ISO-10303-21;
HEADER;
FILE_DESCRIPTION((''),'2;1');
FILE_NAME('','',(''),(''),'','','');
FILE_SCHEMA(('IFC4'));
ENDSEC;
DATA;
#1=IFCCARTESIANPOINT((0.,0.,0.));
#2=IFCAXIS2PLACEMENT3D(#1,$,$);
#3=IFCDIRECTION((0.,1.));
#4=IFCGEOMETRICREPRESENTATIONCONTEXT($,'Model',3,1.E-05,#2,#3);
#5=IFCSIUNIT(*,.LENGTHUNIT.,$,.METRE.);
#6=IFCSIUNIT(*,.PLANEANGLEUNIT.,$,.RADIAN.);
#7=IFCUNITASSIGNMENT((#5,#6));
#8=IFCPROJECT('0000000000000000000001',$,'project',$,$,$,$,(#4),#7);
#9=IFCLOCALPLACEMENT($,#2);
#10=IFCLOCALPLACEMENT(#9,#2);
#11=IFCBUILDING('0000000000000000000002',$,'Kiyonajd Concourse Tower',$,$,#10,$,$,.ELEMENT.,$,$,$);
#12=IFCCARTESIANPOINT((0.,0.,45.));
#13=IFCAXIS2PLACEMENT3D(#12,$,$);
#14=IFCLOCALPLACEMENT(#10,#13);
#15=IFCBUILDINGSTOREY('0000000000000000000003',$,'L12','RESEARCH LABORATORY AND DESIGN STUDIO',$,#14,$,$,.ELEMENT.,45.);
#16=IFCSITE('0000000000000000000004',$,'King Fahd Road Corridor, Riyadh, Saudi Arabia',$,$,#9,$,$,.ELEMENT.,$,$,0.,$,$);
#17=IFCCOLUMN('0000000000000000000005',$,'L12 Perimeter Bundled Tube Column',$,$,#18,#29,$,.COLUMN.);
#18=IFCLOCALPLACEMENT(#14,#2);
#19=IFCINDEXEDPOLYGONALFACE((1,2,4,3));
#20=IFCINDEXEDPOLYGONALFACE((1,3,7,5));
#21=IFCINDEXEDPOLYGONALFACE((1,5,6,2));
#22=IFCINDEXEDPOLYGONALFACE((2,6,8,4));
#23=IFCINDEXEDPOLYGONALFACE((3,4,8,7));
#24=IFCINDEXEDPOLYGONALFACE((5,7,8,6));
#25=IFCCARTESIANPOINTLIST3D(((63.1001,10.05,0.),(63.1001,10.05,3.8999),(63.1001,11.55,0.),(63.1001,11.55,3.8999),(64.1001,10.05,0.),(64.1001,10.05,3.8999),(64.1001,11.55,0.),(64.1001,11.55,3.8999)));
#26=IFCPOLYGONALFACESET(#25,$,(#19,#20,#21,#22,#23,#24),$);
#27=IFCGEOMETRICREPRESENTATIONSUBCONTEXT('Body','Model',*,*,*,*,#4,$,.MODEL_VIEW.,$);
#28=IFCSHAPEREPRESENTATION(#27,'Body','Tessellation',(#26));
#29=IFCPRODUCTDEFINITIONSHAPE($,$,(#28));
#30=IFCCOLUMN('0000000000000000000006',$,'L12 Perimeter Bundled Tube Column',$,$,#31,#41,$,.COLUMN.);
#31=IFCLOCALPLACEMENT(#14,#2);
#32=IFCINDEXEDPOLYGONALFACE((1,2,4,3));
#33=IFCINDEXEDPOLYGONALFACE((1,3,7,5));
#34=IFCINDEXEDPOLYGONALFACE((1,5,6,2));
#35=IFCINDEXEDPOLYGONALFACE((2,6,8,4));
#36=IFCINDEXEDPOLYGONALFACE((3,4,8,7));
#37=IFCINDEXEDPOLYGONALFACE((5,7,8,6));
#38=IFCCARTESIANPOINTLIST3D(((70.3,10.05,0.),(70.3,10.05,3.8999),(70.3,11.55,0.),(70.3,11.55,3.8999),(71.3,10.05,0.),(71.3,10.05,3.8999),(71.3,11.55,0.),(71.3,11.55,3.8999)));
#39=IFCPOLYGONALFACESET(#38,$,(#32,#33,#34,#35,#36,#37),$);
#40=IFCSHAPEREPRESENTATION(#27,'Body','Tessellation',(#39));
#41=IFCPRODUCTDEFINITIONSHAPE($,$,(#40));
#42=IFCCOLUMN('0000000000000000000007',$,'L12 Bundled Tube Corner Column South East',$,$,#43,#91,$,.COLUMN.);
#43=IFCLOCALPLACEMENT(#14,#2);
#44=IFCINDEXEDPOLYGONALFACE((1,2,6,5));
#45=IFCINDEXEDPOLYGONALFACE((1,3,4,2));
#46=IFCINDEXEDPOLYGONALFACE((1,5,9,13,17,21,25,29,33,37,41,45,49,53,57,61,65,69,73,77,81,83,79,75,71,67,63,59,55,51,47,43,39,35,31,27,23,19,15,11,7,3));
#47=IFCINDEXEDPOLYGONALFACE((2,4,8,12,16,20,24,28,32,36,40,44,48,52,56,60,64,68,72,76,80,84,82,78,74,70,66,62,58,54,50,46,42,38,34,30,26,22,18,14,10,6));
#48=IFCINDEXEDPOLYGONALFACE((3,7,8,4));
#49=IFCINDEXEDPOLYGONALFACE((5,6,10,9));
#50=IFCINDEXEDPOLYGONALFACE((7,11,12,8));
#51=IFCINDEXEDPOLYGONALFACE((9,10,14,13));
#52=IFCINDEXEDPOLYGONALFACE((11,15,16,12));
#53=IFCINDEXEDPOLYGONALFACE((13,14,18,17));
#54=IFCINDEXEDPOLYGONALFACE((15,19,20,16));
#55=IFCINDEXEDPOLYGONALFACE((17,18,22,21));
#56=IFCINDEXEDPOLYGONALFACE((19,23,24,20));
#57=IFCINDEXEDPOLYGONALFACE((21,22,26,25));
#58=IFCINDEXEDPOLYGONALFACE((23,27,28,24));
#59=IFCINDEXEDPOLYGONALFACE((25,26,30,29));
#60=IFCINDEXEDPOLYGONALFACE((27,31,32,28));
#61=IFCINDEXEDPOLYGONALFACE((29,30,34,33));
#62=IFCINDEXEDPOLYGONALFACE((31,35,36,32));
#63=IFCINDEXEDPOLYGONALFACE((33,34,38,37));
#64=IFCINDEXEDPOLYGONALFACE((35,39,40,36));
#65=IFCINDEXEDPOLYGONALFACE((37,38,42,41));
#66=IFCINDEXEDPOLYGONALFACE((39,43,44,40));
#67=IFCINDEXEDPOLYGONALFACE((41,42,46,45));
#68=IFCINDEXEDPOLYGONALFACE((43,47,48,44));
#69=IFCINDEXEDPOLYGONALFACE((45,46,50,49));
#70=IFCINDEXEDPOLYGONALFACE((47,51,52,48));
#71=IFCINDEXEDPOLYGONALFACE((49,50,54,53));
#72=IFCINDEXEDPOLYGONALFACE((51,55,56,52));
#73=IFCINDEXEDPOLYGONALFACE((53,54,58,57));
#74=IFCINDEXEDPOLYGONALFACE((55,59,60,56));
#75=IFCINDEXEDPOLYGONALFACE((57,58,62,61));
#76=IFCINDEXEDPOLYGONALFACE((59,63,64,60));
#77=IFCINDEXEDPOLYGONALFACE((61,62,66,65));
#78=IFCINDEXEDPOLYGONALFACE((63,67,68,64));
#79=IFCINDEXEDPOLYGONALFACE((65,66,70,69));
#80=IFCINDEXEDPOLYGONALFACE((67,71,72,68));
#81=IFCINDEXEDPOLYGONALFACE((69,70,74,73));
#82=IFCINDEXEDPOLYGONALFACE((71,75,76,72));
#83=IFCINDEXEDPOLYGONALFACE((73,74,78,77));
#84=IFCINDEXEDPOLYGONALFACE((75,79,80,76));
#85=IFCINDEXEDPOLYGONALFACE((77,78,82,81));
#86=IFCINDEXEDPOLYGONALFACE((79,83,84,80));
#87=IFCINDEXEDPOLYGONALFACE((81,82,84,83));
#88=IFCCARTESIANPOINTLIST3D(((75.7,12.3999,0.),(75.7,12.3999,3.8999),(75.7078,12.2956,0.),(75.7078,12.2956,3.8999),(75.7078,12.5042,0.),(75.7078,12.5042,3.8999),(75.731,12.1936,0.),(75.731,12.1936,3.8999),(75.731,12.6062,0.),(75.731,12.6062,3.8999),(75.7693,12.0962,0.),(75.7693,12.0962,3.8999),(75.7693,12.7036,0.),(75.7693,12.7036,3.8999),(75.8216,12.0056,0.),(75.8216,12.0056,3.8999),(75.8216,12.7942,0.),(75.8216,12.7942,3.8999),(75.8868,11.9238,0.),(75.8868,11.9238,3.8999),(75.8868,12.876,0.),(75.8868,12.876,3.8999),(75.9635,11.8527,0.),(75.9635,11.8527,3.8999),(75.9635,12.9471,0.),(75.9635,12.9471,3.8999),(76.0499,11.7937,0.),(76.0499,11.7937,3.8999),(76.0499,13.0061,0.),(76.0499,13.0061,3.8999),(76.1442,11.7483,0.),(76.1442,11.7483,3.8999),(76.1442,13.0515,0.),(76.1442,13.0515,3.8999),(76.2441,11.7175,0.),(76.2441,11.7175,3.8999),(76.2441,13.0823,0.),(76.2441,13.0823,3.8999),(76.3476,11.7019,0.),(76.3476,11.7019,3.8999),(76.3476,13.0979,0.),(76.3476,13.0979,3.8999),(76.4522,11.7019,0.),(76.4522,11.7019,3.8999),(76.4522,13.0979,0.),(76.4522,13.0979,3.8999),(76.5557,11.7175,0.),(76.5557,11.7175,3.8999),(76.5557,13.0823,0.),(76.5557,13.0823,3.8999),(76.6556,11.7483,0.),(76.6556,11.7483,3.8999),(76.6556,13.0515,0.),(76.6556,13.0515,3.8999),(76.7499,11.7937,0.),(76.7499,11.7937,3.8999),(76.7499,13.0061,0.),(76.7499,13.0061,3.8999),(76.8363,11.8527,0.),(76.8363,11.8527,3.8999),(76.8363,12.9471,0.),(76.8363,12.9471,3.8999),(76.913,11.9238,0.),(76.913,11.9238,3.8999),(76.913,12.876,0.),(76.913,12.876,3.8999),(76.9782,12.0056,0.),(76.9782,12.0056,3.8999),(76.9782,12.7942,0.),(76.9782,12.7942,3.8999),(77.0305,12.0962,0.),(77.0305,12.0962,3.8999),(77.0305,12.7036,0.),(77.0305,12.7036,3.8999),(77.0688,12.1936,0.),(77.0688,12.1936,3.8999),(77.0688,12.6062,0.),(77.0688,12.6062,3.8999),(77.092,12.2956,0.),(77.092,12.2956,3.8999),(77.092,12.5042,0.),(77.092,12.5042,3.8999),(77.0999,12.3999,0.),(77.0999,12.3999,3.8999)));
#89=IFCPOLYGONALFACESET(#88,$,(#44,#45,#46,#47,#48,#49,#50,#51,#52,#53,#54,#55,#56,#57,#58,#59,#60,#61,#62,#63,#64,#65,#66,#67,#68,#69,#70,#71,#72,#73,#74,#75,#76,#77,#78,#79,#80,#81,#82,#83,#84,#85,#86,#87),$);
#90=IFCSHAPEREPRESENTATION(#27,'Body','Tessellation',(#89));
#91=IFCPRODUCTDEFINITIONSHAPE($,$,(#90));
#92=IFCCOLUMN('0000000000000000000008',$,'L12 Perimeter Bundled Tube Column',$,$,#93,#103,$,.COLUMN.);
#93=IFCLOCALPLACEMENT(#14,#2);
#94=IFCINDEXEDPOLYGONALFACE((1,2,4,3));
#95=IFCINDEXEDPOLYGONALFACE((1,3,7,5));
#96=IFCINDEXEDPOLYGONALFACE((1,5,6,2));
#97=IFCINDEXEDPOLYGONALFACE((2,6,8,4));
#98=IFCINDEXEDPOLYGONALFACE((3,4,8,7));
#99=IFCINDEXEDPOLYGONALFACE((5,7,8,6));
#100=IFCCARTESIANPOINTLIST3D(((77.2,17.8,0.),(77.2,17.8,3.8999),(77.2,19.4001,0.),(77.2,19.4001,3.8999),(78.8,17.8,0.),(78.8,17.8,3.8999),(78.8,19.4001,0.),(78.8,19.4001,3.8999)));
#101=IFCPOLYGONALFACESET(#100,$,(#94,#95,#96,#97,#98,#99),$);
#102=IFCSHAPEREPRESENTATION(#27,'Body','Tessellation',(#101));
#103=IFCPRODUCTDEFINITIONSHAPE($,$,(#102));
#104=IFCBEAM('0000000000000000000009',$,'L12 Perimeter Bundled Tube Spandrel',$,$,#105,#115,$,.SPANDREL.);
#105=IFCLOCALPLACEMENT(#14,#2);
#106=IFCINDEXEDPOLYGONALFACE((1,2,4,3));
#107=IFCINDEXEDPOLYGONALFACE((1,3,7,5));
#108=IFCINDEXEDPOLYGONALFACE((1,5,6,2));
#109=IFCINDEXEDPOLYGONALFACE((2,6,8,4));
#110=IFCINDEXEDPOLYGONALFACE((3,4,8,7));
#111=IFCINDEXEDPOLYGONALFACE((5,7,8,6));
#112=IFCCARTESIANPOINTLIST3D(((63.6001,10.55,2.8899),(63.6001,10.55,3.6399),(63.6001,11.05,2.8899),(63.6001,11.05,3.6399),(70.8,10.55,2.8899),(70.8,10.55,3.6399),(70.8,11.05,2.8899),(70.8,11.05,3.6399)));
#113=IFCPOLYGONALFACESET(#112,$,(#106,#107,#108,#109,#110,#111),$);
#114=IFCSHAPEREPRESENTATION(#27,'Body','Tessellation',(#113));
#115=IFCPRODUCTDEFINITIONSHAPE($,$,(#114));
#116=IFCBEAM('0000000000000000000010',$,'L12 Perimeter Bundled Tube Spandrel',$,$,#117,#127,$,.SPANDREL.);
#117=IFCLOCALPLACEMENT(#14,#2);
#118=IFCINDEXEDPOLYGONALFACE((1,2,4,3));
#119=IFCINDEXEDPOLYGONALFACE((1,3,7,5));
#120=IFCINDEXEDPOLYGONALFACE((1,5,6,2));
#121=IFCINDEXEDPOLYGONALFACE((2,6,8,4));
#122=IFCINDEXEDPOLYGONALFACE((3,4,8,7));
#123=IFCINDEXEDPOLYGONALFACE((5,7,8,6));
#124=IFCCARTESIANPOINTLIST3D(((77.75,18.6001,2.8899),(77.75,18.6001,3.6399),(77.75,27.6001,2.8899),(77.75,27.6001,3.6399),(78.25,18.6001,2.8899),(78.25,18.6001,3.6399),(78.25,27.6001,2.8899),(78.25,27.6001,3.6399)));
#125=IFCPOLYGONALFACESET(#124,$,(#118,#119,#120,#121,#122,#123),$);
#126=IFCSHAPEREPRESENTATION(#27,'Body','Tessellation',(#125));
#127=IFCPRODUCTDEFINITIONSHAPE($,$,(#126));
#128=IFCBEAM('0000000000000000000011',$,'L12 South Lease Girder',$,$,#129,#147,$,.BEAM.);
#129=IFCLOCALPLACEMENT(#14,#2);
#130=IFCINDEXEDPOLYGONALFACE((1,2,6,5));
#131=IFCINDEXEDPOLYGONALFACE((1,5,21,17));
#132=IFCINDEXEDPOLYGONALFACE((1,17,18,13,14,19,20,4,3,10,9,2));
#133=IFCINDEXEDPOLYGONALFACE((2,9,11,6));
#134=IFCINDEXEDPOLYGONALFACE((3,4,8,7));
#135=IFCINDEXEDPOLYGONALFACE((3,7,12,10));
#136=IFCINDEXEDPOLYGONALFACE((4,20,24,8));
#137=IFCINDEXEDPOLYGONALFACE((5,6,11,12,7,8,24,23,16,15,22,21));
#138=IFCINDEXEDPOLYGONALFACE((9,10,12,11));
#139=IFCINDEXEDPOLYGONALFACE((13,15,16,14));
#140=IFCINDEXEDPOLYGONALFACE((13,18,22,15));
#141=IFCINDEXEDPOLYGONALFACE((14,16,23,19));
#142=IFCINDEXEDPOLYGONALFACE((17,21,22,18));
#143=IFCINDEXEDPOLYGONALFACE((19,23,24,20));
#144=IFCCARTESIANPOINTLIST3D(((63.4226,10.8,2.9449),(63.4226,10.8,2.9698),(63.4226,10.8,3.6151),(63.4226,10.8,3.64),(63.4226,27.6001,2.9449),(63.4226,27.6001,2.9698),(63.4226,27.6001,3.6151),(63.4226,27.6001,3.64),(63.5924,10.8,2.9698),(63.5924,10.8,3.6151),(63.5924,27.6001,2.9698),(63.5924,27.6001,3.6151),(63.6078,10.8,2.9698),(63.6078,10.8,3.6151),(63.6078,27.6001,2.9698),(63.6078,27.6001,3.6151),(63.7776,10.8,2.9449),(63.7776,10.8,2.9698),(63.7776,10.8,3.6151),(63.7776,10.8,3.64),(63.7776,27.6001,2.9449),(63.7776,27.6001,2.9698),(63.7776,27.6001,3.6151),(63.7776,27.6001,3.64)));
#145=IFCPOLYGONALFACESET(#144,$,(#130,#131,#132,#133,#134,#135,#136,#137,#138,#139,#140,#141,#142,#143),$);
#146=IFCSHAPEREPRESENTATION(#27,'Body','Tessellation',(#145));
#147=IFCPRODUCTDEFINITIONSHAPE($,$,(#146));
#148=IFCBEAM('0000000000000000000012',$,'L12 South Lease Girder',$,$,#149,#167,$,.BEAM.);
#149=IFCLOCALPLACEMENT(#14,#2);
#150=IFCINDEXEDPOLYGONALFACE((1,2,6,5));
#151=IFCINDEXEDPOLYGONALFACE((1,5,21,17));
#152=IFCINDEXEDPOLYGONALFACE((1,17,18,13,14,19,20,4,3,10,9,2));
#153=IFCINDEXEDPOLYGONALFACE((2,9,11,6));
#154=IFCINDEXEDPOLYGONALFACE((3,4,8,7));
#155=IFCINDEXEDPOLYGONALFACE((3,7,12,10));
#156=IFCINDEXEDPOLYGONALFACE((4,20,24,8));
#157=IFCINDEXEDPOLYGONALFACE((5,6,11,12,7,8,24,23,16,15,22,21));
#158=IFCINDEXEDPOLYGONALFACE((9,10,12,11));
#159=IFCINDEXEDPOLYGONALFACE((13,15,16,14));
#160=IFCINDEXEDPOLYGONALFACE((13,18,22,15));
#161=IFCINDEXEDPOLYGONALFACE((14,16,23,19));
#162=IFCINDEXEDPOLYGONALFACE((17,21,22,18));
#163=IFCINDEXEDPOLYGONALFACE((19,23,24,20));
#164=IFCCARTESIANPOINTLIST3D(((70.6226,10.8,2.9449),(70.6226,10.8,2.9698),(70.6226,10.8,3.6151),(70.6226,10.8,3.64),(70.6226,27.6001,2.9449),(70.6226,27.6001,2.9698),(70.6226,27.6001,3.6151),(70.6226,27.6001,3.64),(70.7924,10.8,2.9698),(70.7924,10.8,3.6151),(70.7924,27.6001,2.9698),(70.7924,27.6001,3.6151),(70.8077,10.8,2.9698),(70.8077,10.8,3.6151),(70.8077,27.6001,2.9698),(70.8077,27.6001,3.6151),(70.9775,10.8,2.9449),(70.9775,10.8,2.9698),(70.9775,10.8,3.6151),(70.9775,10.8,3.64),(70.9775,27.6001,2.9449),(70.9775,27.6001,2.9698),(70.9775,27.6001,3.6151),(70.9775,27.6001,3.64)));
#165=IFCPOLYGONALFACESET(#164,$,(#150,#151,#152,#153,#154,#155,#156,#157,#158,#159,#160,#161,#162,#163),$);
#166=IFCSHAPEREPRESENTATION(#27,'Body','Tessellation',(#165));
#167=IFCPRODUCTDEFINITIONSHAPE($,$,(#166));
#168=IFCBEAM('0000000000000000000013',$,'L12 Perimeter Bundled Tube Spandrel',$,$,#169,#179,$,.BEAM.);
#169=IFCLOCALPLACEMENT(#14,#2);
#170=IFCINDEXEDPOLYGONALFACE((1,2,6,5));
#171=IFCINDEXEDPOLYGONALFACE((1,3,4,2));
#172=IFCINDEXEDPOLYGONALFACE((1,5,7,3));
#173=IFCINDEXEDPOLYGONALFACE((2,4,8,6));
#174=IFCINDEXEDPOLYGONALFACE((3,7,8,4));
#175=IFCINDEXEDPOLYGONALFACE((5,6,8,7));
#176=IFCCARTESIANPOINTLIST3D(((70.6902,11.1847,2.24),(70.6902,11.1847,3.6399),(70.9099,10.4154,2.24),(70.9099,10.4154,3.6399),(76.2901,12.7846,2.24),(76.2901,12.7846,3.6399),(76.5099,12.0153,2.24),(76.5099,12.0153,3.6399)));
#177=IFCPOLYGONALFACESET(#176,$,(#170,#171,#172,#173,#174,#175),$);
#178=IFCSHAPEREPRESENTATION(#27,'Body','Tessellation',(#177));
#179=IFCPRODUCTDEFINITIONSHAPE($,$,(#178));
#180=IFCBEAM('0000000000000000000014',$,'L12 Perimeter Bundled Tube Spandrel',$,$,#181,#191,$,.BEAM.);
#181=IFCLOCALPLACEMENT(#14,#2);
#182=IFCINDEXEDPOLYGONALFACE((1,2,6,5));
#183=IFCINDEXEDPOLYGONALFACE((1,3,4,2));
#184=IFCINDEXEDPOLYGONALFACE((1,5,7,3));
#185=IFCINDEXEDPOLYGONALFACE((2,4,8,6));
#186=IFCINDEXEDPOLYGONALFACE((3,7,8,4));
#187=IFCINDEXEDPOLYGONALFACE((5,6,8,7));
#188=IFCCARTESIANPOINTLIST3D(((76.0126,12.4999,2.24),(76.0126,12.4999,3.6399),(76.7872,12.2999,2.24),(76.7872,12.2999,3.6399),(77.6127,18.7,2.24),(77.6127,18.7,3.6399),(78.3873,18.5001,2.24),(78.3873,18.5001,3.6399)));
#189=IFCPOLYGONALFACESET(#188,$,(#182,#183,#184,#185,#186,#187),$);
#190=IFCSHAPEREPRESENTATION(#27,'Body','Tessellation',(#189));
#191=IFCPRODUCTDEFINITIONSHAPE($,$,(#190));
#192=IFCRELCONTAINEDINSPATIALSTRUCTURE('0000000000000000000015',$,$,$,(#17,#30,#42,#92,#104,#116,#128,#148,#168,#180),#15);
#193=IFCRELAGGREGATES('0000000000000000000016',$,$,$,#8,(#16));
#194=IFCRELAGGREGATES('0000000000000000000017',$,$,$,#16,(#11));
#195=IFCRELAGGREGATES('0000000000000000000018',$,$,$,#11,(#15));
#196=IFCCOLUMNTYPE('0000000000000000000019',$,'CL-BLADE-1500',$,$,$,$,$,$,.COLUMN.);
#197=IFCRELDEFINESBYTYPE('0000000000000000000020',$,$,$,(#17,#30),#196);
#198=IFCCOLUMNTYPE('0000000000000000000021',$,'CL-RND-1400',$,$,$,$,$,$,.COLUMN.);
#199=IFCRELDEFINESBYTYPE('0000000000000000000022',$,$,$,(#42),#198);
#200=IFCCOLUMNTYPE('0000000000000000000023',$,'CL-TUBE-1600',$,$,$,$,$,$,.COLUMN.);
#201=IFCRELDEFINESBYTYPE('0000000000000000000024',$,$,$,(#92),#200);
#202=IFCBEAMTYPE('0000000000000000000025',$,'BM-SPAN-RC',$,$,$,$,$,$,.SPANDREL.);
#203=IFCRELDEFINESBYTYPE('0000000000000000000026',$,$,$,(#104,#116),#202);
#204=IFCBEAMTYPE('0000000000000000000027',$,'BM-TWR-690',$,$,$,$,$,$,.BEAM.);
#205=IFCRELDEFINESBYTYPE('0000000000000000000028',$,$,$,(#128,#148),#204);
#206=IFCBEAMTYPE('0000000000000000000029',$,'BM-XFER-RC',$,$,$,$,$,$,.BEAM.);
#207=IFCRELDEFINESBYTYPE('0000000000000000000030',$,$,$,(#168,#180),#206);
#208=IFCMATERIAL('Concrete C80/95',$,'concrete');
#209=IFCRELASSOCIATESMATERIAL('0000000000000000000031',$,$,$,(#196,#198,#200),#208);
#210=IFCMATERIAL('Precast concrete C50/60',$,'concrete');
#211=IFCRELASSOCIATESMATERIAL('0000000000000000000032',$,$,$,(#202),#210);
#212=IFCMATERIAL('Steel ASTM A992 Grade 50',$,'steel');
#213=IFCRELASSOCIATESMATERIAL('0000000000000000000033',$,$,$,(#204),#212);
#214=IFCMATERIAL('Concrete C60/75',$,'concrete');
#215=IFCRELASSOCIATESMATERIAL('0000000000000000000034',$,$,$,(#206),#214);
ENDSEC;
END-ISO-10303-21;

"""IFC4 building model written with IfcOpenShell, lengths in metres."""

from ifc_helpers import new_model, si_unit, direction, frame, origin, origin_2d, place, context, subcontext, project, spatial, rectangle, circle, i_section, extrude, material, material_profile, profile_set, type_object, element, save


model = new_model("IFC4")

# Units and contexts
model_context = context("Model", 3, precision=1e-05, world=origin(), true_north=direction((0.0, 1.0)))
body_context = subcontext(model_context, "Body", "Model", "MODEL_VIEW")
ifc_project = project(units=[si_unit("LENGTHUNIT", "METRE"), si_unit("PLANEANGLEUNIT", "RADIAN")], contexts=[model_context])

# Site, building, storey
site_placement = place(None, origin())
site = spatial("IfcSite", under=ifc_project, at=site_placement, Name="King Fahd Road Corridor, Riyadh, Saudi Arabia", CompositionType="ELEMENT", RefElevation=0.0)
building_placement = place(site_placement, origin())
building = spatial("IfcBuilding", under=site, at=building_placement, Name="Kiyonajd Concourse Tower", CompositionType="ELEMENT")
storey_placement = place(building_placement, frame((0.0, 0.0, 45.0)))
storey = spatial("IfcBuildingStorey", under=building, at=storey_placement, Name="L12", Description="RESEARCH LABORATORY AND DESIGN STUDIO", CompositionType="ELEMENT", Elevation=45.0)

# Columns
ifc_material_1 = material(Name="Concrete C80/95", Category="concrete")
ifc_material_profile_1 = material_profile(ifc_material_1, rectangle(XDim=1.0, YDim=1.5, at=origin_2d()), Name="RC-1500x1000")
ifc_profile_set_1 = profile_set([ifc_material_profile_1], Name="Concrete C80/95")
column_type_1 = type_object("IfcColumnType", Name="CL-BLADE-1500", PredefinedType="COLUMN", material=ifc_profile_set_1)
for number, where, z_axis, x_axis, name in (
    (1, (63.6001, 10.8, 0.0), (0.0, 0.0, 1.0), (1.0, 0.0, 0.0), "L12 Perimeter Bundled Tube Column"),
    (2, (70.8, 10.8, 0.0), (0.0, 0.0, 1.0), (1.0, 0.0, 0.0), "L12 Perimeter Bundled Tube Column"),
):
    element("IfcColumn", number, at=place(storey_placement, frame(where, z_axis=z_axis, x_axis=x_axis)), inside=storey, type_object=column_type_1, Name=name, PredefinedType="COLUMN", context=body_context, shape_type="SweptSolid", body=[
        extrude(rectangle(XDim=1.0, YDim=1.5, at=origin_2d()), origin(), (0.0, 0.0, 1.0), 3.8999),
    ])
ifc_material_profile_2 = material_profile(ifc_material_1, circle(Radius=0.7, at=origin_2d()), Name="RCC-D1400")
ifc_profile_set_2 = profile_set([ifc_material_profile_2], Name="Concrete C80/95")
column_type_2 = type_object("IfcColumnType", Name="CL-RND-1400", PredefinedType="COLUMN", material=ifc_profile_set_2)
column_1_placement = place(storey_placement, frame((76.3999, 12.3999, 0.0), z_axis=(0.0, 0.0, 1.0), x_axis=(1.0, 0.0, 0.0)))
element("IfcColumn", 3, at=column_1_placement, inside=storey, type_object=column_type_2, Name="L12 Bundled Tube Corner Column South East", PredefinedType="COLUMN", context=body_context, shape_type="SweptSolid", body=[
    extrude(circle(Radius=0.7, at=origin_2d()), origin(), (0.0, 0.0, 1.0), 3.8999),
])
ifc_material_profile_3 = material_profile(ifc_material_1, rectangle(XDim=1.6001, YDim=1.6001, at=origin_2d()), Name="RC-1600x1600")
ifc_profile_set_3 = profile_set([ifc_material_profile_3], Name="Concrete C80/95")
column_type_3 = type_object("IfcColumnType", Name="CL-TUBE-1600", PredefinedType="COLUMN", material=ifc_profile_set_3)
column_2_placement = place(storey_placement, frame((78.0, 18.6001, 0.0), z_axis=(0.0, 0.0, 1.0), x_axis=(1.0, 0.0, 0.0)))
element("IfcColumn", 4, at=column_2_placement, inside=storey, type_object=column_type_3, Name="L12 Perimeter Bundled Tube Column", PredefinedType="COLUMN", context=body_context, shape_type="SweptSolid", body=[
    extrude(rectangle(XDim=1.6001, YDim=1.6001, at=origin_2d()), origin(), (0.0, 0.0, 1.0), 3.8999),
])

# Beams
ifc_material_2 = material(Name="Precast concrete C50/60", Category="concrete")
ifc_material_profile_4 = material_profile(ifc_material_2, rectangle(XDim=0.5, YDim=0.75, at=origin_2d()), Name="RCBM-500x750")
ifc_profile_set_4 = profile_set([ifc_material_profile_4], Name="Precast concrete C50/60")
beam_type_1 = type_object("IfcBeamType", Name="BM-SPAN-RC", PredefinedType="SPANDREL", material=ifc_profile_set_4)
beam_1_placement = place(storey_placement, frame((63.6001, 10.8, 3.2649), z_axis=(1.0, 0.0, 0.0), x_axis=(0.0, 1.0, 0.0)))
element("IfcBeam", 5, at=beam_1_placement, inside=storey, type_object=beam_type_1, Name="L12 Perimeter Bundled Tube Spandrel", PredefinedType="SPANDREL", context=body_context, shape_type="SweptSolid", body=[
    extrude(rectangle(XDim=0.5, YDim=0.75, at=origin_2d()), origin(), (0.0, 0.0, 1.0), 7.2),
])
beam_2_placement = place(storey_placement, frame((78.0, 18.6001, 3.2649), z_axis=(0.0, 1.0, 0.0), x_axis=(-1.0, 0.0, 0.0)))
element("IfcBeam", 6, at=beam_2_placement, inside=storey, type_object=beam_type_1, Name="L12 Perimeter Bundled Tube Spandrel", PredefinedType="SPANDREL", context=body_context, shape_type="SweptSolid", body=[
    extrude(rectangle(XDim=0.5, YDim=0.75, at=origin_2d()), origin(), (0.0, 0.0, 1.0), 9.0),
])
ifc_material_3 = material(Name="Steel ASTM A992 Grade 50", Category="steel")
ifc_material_profile_5 = material_profile(ifc_material_3, i_section(OverallWidth=0.355, OverallDepth=0.6951, WebThickness=0.0154, FlangeThickness=0.0249, at=origin_2d()), Name="W690X217")
ifc_profile_set_5 = profile_set([ifc_material_profile_5], Name="Steel ASTM A992 Grade 50")
beam_type_2 = type_object("IfcBeamType", Name="BM-TWR-690", PredefinedType="BEAM", material=ifc_profile_set_5)
for number, where, z_axis, x_axis, name in (
    (7, (63.6001, 10.8, 3.2925), (0.0, 1.0, 0.0), (-1.0, 0.0, 0.0), "L12 South Lease Girder"),
    (8, (70.8, 10.8, 3.2925), (0.0, 1.0, 0.0), (-1.0, 0.0, 0.0), "L12 South Lease Girder"),
):
    element("IfcBeam", number, at=place(storey_placement, frame(where, z_axis=z_axis, x_axis=x_axis)), inside=storey, type_object=beam_type_2, Name=name, PredefinedType="BEAM", context=body_context, shape_type="SweptSolid", body=[
        extrude(i_section(OverallWidth=0.355, OverallDepth=0.6951, WebThickness=0.0154, FlangeThickness=0.0249, at=origin_2d()), origin(), (0.0, 0.0, 1.0), 16.8),
    ])
ifc_material_4 = material(Name="Concrete C60/75", Category="concrete")
ifc_material_profile_6 = material_profile(ifc_material_4, rectangle(XDim=0.8, YDim=1.3999, at=origin_2d()), Name="RCBM-800x1400")
ifc_profile_set_6 = profile_set([ifc_material_profile_6], Name="Concrete C60/75")
beam_type_3 = type_object("IfcBeamType", Name="BM-XFER-RC", PredefinedType="BEAM", material=ifc_profile_set_6)
beam_3_placement = place(storey_placement, frame((70.8, 10.8, 2.9399), z_axis=(0.961529, 0.274705, 0.0), x_axis=(-0.274705, 0.961529, 0.0)))
element("IfcBeam", 9, at=beam_3_placement, inside=storey, type_object=beam_type_3, Name="L12 Perimeter Bundled Tube Spandrel", PredefinedType="BEAM", context=body_context, shape_type="SweptSolid", body=[
    extrude(rectangle(XDim=0.8, YDim=1.3999, at=origin_2d()), origin(), (0.0, 0.0, 1.0), 5.824),
])
beam_4_placement = place(storey_placement, frame((76.3999, 12.3999, 2.9399), z_axis=(0.249885, 0.968276, 0.0), x_axis=(-0.968276, 0.249885, 0.0)))
element("IfcBeam", 10, at=beam_4_placement, inside=storey, type_object=beam_type_3, Name="L12 Perimeter Bundled Tube Spandrel", PredefinedType="BEAM", context=body_context, shape_type="SweptSolid", body=[
    extrude(rectangle(XDim=0.8, YDim=1.3999, at=origin_2d()), origin(), (0.0, 0.0, 1.0), 6.4033),
])

save(model, "model.ifc")
